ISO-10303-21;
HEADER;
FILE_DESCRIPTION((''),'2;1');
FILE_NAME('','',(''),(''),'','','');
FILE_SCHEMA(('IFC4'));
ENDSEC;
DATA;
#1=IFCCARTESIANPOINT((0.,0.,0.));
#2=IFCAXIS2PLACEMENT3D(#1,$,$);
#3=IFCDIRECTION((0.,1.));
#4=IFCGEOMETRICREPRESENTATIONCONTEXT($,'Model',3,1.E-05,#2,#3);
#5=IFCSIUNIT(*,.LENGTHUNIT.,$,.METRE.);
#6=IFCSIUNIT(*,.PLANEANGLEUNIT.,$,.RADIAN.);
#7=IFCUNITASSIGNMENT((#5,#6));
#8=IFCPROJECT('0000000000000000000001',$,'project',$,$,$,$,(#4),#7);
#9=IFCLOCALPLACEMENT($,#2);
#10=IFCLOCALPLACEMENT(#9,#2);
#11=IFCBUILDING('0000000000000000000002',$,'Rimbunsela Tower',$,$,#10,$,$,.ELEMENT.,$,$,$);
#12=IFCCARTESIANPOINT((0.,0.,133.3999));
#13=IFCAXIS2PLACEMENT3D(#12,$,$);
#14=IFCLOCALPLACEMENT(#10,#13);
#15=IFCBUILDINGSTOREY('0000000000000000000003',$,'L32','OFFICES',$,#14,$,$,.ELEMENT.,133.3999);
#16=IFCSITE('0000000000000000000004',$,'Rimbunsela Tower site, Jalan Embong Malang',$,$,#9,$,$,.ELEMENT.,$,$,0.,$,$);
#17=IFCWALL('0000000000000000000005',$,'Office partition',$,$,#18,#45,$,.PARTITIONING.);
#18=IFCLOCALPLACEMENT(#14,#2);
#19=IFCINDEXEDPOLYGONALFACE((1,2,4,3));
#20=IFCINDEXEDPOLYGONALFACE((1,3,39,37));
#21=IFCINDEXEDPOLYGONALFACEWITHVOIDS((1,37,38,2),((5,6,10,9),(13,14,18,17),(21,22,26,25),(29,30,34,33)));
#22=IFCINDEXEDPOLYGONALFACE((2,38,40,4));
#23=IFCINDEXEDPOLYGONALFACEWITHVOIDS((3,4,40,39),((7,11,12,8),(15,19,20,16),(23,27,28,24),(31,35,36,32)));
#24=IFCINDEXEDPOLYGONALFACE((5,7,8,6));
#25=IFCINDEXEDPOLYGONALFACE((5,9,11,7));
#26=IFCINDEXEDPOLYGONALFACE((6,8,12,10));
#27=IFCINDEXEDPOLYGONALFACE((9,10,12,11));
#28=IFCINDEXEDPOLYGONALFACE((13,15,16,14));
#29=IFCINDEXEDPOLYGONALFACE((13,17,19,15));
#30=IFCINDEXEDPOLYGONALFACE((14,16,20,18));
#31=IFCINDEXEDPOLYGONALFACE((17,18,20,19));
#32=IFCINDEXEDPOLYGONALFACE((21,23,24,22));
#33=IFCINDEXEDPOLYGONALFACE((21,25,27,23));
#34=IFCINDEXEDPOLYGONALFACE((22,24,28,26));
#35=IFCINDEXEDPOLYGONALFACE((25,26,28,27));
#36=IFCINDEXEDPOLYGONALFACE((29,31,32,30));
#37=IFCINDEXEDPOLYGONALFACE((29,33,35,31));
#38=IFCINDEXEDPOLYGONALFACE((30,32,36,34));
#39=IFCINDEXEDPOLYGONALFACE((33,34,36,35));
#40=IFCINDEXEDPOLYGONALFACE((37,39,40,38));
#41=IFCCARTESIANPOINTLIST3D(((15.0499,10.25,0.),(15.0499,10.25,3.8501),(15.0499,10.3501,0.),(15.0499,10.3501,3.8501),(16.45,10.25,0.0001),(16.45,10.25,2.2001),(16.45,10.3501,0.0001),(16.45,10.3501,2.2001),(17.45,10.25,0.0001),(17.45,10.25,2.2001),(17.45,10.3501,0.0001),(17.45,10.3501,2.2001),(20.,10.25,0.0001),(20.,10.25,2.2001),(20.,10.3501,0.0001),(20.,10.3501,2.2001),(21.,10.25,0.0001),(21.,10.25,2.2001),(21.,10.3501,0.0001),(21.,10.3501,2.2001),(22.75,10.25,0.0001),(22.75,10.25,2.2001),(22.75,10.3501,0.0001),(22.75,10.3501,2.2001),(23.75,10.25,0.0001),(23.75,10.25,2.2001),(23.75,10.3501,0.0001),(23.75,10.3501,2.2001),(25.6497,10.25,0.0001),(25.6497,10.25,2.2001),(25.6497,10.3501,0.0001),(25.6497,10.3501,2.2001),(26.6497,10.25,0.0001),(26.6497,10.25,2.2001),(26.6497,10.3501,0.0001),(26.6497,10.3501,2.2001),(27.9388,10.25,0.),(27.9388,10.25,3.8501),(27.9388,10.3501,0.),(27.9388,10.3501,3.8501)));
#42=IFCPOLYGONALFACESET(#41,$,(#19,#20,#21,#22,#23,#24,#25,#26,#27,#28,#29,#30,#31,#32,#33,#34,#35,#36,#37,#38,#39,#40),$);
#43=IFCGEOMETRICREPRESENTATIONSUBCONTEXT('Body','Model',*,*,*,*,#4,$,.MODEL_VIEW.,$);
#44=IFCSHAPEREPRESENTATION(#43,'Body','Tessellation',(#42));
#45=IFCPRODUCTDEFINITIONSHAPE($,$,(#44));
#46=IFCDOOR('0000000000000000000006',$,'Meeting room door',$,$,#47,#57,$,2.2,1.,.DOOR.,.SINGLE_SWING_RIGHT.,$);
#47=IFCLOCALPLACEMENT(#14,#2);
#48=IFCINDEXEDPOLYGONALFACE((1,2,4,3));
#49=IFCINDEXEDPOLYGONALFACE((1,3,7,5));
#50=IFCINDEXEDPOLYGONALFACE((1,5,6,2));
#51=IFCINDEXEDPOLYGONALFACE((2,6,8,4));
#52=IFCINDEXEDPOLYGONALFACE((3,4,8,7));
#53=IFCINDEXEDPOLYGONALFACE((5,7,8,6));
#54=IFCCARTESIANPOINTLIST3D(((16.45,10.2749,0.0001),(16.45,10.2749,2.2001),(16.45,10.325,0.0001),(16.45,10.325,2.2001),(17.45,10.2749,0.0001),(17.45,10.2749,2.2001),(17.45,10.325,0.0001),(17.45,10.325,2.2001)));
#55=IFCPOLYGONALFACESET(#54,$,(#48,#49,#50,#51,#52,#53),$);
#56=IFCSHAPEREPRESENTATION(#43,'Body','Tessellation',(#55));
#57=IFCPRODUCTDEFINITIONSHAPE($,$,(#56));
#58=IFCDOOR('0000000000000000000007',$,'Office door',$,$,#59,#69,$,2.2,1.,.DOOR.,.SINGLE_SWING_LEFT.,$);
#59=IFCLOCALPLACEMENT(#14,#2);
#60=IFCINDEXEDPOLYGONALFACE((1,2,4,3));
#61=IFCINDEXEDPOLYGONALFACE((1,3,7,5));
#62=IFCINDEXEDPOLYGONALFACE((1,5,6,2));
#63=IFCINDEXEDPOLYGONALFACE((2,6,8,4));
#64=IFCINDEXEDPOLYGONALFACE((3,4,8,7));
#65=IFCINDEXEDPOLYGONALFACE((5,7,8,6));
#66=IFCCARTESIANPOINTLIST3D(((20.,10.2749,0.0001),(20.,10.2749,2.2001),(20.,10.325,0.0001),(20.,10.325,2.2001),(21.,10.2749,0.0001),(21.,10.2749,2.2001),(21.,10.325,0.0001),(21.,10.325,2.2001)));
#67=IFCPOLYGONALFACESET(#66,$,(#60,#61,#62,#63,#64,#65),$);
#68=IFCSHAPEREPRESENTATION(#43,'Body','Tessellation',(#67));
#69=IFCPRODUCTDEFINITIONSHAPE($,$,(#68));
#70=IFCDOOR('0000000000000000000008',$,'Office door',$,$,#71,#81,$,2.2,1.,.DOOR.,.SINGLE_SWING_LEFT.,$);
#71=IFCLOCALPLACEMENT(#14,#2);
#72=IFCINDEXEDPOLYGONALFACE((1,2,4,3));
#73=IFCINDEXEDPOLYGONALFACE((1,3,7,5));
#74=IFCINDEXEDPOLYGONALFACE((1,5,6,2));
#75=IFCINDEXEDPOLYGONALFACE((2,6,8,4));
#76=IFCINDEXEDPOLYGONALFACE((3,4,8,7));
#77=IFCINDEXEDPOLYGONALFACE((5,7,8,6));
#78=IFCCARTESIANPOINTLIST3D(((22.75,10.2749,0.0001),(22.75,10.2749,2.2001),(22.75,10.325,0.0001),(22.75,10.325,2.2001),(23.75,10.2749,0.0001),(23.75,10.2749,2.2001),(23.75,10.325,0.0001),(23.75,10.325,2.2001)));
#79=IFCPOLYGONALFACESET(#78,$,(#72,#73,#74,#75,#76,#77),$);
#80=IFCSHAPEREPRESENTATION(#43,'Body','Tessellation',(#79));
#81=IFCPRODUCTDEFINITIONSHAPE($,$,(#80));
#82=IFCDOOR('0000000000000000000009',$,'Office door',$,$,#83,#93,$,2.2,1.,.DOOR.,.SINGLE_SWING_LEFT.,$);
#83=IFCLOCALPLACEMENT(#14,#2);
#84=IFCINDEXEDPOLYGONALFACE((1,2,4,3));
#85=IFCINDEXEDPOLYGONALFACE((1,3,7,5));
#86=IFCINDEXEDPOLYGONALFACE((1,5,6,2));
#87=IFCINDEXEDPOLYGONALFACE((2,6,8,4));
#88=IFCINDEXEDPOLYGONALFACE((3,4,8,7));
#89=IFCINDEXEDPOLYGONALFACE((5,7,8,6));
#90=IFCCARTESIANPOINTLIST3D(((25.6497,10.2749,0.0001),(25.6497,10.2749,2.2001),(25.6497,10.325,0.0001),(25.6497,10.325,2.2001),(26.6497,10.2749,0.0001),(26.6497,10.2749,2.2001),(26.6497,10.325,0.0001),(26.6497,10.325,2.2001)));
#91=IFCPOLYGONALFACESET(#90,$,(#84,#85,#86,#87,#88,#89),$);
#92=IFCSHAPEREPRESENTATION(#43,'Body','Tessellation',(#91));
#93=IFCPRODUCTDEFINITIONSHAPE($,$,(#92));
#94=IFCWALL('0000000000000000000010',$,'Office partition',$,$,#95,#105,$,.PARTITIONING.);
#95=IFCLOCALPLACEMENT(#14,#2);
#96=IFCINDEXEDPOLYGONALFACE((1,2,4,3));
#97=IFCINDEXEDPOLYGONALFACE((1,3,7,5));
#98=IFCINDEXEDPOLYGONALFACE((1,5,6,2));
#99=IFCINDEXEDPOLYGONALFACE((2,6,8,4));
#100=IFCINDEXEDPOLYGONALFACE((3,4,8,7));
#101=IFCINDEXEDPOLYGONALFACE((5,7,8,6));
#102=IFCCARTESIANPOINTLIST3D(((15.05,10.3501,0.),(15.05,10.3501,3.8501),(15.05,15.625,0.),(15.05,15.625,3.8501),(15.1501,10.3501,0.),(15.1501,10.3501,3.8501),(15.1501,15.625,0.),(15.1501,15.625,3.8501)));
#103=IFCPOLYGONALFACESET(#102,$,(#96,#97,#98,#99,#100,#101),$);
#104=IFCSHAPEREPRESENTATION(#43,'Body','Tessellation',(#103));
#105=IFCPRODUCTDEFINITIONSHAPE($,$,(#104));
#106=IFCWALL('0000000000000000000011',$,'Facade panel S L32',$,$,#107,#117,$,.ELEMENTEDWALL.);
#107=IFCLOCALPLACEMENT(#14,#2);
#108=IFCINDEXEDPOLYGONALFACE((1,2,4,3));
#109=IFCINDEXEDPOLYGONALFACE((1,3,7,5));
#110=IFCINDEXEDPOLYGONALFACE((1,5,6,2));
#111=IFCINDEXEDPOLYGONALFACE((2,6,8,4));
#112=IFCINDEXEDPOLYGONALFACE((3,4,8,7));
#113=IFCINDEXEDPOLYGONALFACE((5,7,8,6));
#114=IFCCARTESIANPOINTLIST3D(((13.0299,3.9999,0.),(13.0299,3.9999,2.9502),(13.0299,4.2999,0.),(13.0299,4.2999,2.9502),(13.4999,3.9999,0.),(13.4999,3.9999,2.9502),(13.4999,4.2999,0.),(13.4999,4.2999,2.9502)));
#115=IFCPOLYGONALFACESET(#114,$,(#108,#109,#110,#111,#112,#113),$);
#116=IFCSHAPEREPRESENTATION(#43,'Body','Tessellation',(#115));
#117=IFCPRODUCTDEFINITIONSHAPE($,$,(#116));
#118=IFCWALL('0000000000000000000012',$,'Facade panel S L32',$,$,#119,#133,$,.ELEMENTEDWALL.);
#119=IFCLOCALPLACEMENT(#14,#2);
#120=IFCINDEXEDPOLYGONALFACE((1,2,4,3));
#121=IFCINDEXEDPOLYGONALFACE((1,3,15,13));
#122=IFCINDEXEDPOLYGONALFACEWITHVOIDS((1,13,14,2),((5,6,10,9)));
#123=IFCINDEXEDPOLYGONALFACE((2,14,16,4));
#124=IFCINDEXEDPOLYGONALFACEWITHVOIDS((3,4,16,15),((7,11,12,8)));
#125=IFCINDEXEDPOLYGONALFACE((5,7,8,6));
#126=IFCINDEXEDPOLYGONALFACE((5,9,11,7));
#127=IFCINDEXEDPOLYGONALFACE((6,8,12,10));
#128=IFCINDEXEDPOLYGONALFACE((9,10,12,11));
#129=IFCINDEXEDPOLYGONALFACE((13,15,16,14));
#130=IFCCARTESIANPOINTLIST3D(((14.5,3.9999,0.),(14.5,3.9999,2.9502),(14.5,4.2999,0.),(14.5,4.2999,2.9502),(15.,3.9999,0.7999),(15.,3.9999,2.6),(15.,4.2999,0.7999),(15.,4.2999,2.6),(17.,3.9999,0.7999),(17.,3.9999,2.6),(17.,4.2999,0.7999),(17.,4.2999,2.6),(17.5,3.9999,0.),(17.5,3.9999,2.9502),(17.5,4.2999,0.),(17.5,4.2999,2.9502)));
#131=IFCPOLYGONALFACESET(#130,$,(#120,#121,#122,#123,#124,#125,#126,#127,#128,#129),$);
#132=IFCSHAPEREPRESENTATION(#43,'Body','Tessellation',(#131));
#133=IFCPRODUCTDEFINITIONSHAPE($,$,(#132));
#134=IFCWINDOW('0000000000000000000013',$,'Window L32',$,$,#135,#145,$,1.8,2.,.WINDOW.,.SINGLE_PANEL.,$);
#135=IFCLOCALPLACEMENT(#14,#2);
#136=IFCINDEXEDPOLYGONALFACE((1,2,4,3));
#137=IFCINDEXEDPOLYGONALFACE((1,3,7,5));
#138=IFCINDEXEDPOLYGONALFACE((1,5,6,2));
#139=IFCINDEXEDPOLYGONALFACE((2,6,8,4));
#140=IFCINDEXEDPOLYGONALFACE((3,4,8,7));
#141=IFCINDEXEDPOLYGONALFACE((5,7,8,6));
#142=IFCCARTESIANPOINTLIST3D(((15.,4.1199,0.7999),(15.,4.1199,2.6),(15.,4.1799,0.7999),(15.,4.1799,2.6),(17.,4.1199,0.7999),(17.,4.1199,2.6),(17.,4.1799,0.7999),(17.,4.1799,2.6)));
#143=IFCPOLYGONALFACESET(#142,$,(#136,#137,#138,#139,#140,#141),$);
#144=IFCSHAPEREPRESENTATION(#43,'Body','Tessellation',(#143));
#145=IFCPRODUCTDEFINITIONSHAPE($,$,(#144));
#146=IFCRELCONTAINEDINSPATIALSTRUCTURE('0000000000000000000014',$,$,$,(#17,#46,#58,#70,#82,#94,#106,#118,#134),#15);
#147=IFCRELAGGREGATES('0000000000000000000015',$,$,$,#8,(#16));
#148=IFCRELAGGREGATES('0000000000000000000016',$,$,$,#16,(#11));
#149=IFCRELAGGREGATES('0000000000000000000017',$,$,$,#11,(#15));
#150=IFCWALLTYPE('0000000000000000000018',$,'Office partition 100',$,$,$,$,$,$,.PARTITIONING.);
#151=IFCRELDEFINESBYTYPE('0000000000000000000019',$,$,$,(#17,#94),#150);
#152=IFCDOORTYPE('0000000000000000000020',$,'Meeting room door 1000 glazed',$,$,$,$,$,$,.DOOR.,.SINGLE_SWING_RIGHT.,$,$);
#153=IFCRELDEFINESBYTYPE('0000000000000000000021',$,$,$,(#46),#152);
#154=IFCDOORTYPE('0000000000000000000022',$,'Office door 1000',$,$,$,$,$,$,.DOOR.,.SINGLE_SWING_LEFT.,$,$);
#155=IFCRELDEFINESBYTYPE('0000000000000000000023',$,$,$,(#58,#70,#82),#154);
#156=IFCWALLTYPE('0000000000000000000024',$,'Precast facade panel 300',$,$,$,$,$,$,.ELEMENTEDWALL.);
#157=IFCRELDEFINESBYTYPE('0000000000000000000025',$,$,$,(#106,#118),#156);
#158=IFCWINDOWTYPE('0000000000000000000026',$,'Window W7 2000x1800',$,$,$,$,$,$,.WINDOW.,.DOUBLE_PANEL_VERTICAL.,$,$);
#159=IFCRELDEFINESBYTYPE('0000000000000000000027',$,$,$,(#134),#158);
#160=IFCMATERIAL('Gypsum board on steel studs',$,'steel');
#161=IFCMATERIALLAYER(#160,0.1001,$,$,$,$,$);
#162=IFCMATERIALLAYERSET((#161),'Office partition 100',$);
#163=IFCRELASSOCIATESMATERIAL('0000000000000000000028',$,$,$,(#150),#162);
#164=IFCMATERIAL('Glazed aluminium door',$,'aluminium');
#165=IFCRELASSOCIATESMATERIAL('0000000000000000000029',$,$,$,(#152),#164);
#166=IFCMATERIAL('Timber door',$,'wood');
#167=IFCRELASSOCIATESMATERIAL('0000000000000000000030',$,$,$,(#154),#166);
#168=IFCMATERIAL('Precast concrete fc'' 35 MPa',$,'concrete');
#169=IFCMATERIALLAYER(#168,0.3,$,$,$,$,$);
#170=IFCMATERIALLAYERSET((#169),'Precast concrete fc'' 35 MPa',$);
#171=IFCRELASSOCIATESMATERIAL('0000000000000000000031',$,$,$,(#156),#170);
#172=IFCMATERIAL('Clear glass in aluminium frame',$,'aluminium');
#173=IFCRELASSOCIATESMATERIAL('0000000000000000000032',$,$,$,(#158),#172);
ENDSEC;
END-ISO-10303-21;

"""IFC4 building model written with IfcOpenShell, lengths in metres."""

from ifc_helpers import new_model, si_unit, direction, frame, frame_2d, origin, place, context, subcontext, project, spatial, rectangle, extrude, material, layer, layer_set, type_object, element, fill, save


model = new_model("IFC4")

# Units and contexts
model_context = context("Model", 3, precision=1e-05, world=origin(), true_north=direction((0.0, 1.0)))
body_context = subcontext(model_context, "Body", "Model", "MODEL_VIEW")
ifc_project = project(units=[si_unit("LENGTHUNIT", "METRE"), si_unit("PLANEANGLEUNIT", "RADIAN")], contexts=[model_context])

# Site, building, storey
site_placement = place(None, origin())
site = spatial("IfcSite", under=ifc_project, at=site_placement, Name="Rimbunsela Tower site, Jalan Embong Malang", CompositionType="ELEMENT", RefElevation=0.0)
building_placement = place(site_placement, origin())
building = spatial("IfcBuilding", under=site, at=building_placement, Name="Rimbunsela Tower", CompositionType="ELEMENT")
storey_placement = place(building_placement, frame((0.0, 0.0, 133.3999)))
storey = spatial("IfcBuildingStorey", under=building, at=storey_placement, Name="L32", Description="OFFICES", CompositionType="ELEMENT", Elevation=133.3999)

# Wall, openings, doors
ifc_material_1 = material(Name="Gypsum board on steel studs", Category="steel")
ifc_layer_1 = layer(ifc_material_1, 0.1001)
ifc_layer_set_1 = layer_set([ifc_layer_1], Name="Office partition 100")
wall_type_1 = type_object("IfcWallType", Name="Office partition 100", PredefinedType="PARTITIONING", material=ifc_layer_set_1)
wall_1_placement = place(storey_placement, frame((15.05, 10.3, 0.0), z_axis=(0.0, 0.0, 1.0), x_axis=(1.0, 0.0, 0.0)))
wall_1 = element("IfcWall", 1, at=wall_1_placement, inside=storey, type_object=wall_type_1, Name="Office partition", PredefinedType="PARTITIONING", context=body_context, shape_type="SweptSolid", body=[
    extrude(rectangle(XDim=12.8889, YDim=0.1001, at=frame_2d((6.4443, 0.0))), origin(), (0.0, 0.0, 1.0), 3.8501),
])
opening_1_placement = place(wall_1_placement, frame((1.3999, 0.0, 0.0)))
opening_1 = element("IfcOpeningElement", 2, at=opening_1_placement, cuts=wall_1, PredefinedType="OPENING", context=body_context, shape_type="SweptSolid", body=[
    extrude(rectangle(XDim=1.0, YDim=2.2, at=frame_2d((0.5, 1.1001))), frame((0.0, 0.0601, 0.0), z_axis=(0.0, -1.0, 0.0), x_axis=(1.0, 0.0, 0.0)), (0.0, 0.0, 1.0), 0.1201),
])
opening_2_placement = place(wall_1_placement, frame((4.95, 0.0, 0.0)))
opening_2 = element("IfcOpeningElement", 3, at=opening_2_placement, cuts=wall_1, PredefinedType="OPENING", context=body_context, shape_type="SweptSolid", body=[
    extrude(rectangle(XDim=1.0, YDim=2.2, at=frame_2d((0.5, 1.1001))), frame((0.0, 0.0601, 0.0), z_axis=(0.0, -1.0, 0.0), x_axis=(1.0, 0.0, 0.0)), (0.0, 0.0, 1.0), 0.1201),
])
opening_3_placement = place(wall_1_placement, frame((7.7, 0.0, 0.0)))
opening_3 = element("IfcOpeningElement", 4, at=opening_3_placement, cuts=wall_1, PredefinedType="OPENING", context=body_context, shape_type="SweptSolid", body=[
    extrude(rectangle(XDim=1.0, YDim=2.2, at=frame_2d((0.5, 1.1001))), frame((0.0, 0.0601, 0.0), z_axis=(0.0, -1.0, 0.0), x_axis=(1.0, 0.0, 0.0)), (0.0, 0.0, 1.0), 0.1201),
])
opening_4_placement = place(wall_1_placement, frame((10.5996, 0.0, 0.0)))
opening_4 = element("IfcOpeningElement", 5, at=opening_4_placement, cuts=wall_1, PredefinedType="OPENING", context=body_context, shape_type="SweptSolid", body=[
    extrude(rectangle(XDim=1.0, YDim=2.2, at=frame_2d((0.5, 1.1001))), frame((0.0, 0.0601, 0.0), z_axis=(0.0, -1.0, 0.0), x_axis=(1.0, 0.0, 0.0)), (0.0, 0.0, 1.0), 0.1201),
])
ifc_material_2 = material(Name="Glazed aluminium door", Category="aluminium")
door_type_1 = type_object("IfcDoorType", Name="Meeting room door 1000 glazed", OperationType="SINGLE_SWING_RIGHT", PredefinedType="DOOR", material=ifc_material_2)
door_1_placement = place(opening_1_placement, origin())
door_1 = element("IfcDoor", 6, at=door_1_placement, inside=storey, type_object=door_type_1, Name="Meeting room door", OperationType="SINGLE_SWING_RIGHT", OverallHeight=2.2, OverallWidth=1.0, PredefinedType="DOOR", context=body_context, shape_type="SweptSolid", body=[
    extrude(rectangle(XDim=1.0, YDim=2.2, at=frame_2d((0.5, 1.1001))), frame((0.0, 0.0249, 0.0), z_axis=(0.0, -1.0, 0.0), x_axis=(1.0, 0.0, 0.0)), (0.0, 0.0, 1.0), 0.05),
])
fill(opening_1, door_1)
ifc_material_3 = material(Name="Timber door", Category="wood")
door_type_2 = type_object("IfcDoorType", Name="Office door 1000", OperationType="SINGLE_SWING_LEFT", PredefinedType="DOOR", material=ifc_material_3)
door_2_placement = place(opening_2_placement, origin())
door_2 = element("IfcDoor", 7, at=door_2_placement, inside=storey, type_object=door_type_2, Name="Office door", OperationType="SINGLE_SWING_LEFT", OverallHeight=2.2, OverallWidth=1.0, PredefinedType="DOOR", context=body_context, shape_type="SweptSolid", body=[
    extrude(rectangle(XDim=1.0, YDim=2.2, at=frame_2d((0.5, 1.1001))), frame((0.0, 0.0249, 0.0), z_axis=(0.0, -1.0, 0.0), x_axis=(1.0, 0.0, 0.0)), (0.0, 0.0, 1.0), 0.05),
])
fill(opening_2, door_2)
door_3_placement = place(opening_3_placement, origin())
door_3 = element("IfcDoor", 8, at=door_3_placement, inside=storey, type_object=door_type_2, Name="Office door", OperationType="SINGLE_SWING_LEFT", OverallHeight=2.2, OverallWidth=1.0, PredefinedType="DOOR", context=body_context, shape_type="SweptSolid", body=[
    extrude(rectangle(XDim=1.0, YDim=2.2, at=frame_2d((0.5, 1.1001))), frame((0.0, 0.0249, 0.0), z_axis=(0.0, -1.0, 0.0), x_axis=(1.0, 0.0, 0.0)), (0.0, 0.0, 1.0), 0.05),
])
fill(opening_3, door_3)
door_4_placement = place(opening_4_placement, origin())
door_4 = element("IfcDoor", 9, at=door_4_placement, inside=storey, type_object=door_type_2, Name="Office door", OperationType="SINGLE_SWING_LEFT", OverallHeight=2.2, OverallWidth=1.0, PredefinedType="DOOR", context=body_context, shape_type="SweptSolid", body=[
    extrude(rectangle(XDim=1.0, YDim=2.2, at=frame_2d((0.5, 1.1001))), frame((0.0, 0.0249, 0.0), z_axis=(0.0, -1.0, 0.0), x_axis=(1.0, 0.0, 0.0)), (0.0, 0.0, 1.0), 0.05),
])
fill(opening_4, door_4)

# Walls
wall_2_placement = place(storey_placement, frame((15.1001, 10.3501, 0.0), z_axis=(0.0, 0.0, 1.0), x_axis=(0.0, 1.0, 0.0)))
element("IfcWall", 10, at=wall_2_placement, inside=storey, type_object=wall_type_1, Name="Office partition", PredefinedType="PARTITIONING", context=body_context, shape_type="SweptSolid", body=[
    extrude(rectangle(XDim=5.2749, YDim=0.1001, at=frame_2d((2.6375, 0.0))), origin(), (0.0, 0.0, 1.0), 3.8501),
])
ifc_material_4 = material(Name="Precast concrete fc' 35 MPa", Category="concrete")
ifc_layer_2 = layer(ifc_material_4, 0.3)
ifc_layer_set_2 = layer_set([ifc_layer_2], Name="Precast concrete fc' 35 MPa")
wall_type_2 = type_object("IfcWallType", Name="Precast facade panel 300", PredefinedType="ELEMENTEDWALL", material=ifc_layer_set_2)
wall_3_placement = place(storey_placement, frame((13.03, 4.1499, 0.0), z_axis=(0.0, 0.0, 1.0), x_axis=(1.0, 0.0, 0.0)))
element("IfcWall", 11, at=wall_3_placement, inside=storey, type_object=wall_type_2, Name="Facade panel S L32", PredefinedType="ELEMENTEDWALL", context=body_context, shape_type="SweptSolid", body=[
    extrude(rectangle(XDim=0.47, YDim=0.3, at=frame_2d((0.2349, 0.0))), origin(), (0.0, 0.0, 1.0), 2.9502),
])

# Wall, opening, window
wall_4_placement = place(storey_placement, frame((14.5, 4.1499, 0.0), z_axis=(0.0, 0.0, 1.0), x_axis=(1.0, 0.0, 0.0)))
wall_4 = element("IfcWall", 12, at=wall_4_placement, inside=storey, type_object=wall_type_2, Name="Facade panel S L32", PredefinedType="ELEMENTEDWALL", context=body_context, shape_type="SweptSolid", body=[
    extrude(rectangle(XDim=3.0, YDim=0.3, at=frame_2d((1.5, 0.0))), origin(), (0.0, 0.0, 1.0), 2.9502),
])
opening_5_placement = place(wall_4_placement, frame((0.5, 0.0, 0.8)))
opening_5 = element("IfcOpeningElement", 13, at=opening_5_placement, cuts=wall_4, PredefinedType="OPENING", context=body_context, shape_type="SweptSolid", body=[
    extrude(rectangle(XDim=2.0, YDim=1.8, at=frame_2d((1.0, 0.8999))), frame((0.0, 0.1599, 0.0), z_axis=(0.0, -1.0, 0.0), x_axis=(1.0, 0.0, 0.0)), (0.0, 0.0, 1.0), 0.3201),
])
ifc_material_5 = material(Name="Clear glass in aluminium frame", Category="aluminium")
window_type = type_object("IfcWindowType", Name="Window W7 2000x1800", PartitioningType="DOUBLE_PANEL_VERTICAL", PredefinedType="WINDOW", material=ifc_material_5)
window_placement = place(opening_5_placement, origin())
window = element("IfcWindow", 14, at=window_placement, inside=storey, type_object=window_type, Name="Window L32", OverallHeight=1.8, OverallWidth=2.0, PartitioningType="SINGLE_PANEL", PredefinedType="WINDOW", context=body_context, shape_type="SweptSolid", body=[
    extrude(rectangle(XDim=2.0, YDim=1.8, at=frame_2d((1.0, 0.8999))), frame((0.0, 0.03, 0.0), z_axis=(0.0, -1.0, 0.0), x_axis=(1.0, 0.0, 0.0)), (0.0, 0.0, 1.0), 0.0601),
])
fill(opening_5, window)

save(model, "model.ifc")
